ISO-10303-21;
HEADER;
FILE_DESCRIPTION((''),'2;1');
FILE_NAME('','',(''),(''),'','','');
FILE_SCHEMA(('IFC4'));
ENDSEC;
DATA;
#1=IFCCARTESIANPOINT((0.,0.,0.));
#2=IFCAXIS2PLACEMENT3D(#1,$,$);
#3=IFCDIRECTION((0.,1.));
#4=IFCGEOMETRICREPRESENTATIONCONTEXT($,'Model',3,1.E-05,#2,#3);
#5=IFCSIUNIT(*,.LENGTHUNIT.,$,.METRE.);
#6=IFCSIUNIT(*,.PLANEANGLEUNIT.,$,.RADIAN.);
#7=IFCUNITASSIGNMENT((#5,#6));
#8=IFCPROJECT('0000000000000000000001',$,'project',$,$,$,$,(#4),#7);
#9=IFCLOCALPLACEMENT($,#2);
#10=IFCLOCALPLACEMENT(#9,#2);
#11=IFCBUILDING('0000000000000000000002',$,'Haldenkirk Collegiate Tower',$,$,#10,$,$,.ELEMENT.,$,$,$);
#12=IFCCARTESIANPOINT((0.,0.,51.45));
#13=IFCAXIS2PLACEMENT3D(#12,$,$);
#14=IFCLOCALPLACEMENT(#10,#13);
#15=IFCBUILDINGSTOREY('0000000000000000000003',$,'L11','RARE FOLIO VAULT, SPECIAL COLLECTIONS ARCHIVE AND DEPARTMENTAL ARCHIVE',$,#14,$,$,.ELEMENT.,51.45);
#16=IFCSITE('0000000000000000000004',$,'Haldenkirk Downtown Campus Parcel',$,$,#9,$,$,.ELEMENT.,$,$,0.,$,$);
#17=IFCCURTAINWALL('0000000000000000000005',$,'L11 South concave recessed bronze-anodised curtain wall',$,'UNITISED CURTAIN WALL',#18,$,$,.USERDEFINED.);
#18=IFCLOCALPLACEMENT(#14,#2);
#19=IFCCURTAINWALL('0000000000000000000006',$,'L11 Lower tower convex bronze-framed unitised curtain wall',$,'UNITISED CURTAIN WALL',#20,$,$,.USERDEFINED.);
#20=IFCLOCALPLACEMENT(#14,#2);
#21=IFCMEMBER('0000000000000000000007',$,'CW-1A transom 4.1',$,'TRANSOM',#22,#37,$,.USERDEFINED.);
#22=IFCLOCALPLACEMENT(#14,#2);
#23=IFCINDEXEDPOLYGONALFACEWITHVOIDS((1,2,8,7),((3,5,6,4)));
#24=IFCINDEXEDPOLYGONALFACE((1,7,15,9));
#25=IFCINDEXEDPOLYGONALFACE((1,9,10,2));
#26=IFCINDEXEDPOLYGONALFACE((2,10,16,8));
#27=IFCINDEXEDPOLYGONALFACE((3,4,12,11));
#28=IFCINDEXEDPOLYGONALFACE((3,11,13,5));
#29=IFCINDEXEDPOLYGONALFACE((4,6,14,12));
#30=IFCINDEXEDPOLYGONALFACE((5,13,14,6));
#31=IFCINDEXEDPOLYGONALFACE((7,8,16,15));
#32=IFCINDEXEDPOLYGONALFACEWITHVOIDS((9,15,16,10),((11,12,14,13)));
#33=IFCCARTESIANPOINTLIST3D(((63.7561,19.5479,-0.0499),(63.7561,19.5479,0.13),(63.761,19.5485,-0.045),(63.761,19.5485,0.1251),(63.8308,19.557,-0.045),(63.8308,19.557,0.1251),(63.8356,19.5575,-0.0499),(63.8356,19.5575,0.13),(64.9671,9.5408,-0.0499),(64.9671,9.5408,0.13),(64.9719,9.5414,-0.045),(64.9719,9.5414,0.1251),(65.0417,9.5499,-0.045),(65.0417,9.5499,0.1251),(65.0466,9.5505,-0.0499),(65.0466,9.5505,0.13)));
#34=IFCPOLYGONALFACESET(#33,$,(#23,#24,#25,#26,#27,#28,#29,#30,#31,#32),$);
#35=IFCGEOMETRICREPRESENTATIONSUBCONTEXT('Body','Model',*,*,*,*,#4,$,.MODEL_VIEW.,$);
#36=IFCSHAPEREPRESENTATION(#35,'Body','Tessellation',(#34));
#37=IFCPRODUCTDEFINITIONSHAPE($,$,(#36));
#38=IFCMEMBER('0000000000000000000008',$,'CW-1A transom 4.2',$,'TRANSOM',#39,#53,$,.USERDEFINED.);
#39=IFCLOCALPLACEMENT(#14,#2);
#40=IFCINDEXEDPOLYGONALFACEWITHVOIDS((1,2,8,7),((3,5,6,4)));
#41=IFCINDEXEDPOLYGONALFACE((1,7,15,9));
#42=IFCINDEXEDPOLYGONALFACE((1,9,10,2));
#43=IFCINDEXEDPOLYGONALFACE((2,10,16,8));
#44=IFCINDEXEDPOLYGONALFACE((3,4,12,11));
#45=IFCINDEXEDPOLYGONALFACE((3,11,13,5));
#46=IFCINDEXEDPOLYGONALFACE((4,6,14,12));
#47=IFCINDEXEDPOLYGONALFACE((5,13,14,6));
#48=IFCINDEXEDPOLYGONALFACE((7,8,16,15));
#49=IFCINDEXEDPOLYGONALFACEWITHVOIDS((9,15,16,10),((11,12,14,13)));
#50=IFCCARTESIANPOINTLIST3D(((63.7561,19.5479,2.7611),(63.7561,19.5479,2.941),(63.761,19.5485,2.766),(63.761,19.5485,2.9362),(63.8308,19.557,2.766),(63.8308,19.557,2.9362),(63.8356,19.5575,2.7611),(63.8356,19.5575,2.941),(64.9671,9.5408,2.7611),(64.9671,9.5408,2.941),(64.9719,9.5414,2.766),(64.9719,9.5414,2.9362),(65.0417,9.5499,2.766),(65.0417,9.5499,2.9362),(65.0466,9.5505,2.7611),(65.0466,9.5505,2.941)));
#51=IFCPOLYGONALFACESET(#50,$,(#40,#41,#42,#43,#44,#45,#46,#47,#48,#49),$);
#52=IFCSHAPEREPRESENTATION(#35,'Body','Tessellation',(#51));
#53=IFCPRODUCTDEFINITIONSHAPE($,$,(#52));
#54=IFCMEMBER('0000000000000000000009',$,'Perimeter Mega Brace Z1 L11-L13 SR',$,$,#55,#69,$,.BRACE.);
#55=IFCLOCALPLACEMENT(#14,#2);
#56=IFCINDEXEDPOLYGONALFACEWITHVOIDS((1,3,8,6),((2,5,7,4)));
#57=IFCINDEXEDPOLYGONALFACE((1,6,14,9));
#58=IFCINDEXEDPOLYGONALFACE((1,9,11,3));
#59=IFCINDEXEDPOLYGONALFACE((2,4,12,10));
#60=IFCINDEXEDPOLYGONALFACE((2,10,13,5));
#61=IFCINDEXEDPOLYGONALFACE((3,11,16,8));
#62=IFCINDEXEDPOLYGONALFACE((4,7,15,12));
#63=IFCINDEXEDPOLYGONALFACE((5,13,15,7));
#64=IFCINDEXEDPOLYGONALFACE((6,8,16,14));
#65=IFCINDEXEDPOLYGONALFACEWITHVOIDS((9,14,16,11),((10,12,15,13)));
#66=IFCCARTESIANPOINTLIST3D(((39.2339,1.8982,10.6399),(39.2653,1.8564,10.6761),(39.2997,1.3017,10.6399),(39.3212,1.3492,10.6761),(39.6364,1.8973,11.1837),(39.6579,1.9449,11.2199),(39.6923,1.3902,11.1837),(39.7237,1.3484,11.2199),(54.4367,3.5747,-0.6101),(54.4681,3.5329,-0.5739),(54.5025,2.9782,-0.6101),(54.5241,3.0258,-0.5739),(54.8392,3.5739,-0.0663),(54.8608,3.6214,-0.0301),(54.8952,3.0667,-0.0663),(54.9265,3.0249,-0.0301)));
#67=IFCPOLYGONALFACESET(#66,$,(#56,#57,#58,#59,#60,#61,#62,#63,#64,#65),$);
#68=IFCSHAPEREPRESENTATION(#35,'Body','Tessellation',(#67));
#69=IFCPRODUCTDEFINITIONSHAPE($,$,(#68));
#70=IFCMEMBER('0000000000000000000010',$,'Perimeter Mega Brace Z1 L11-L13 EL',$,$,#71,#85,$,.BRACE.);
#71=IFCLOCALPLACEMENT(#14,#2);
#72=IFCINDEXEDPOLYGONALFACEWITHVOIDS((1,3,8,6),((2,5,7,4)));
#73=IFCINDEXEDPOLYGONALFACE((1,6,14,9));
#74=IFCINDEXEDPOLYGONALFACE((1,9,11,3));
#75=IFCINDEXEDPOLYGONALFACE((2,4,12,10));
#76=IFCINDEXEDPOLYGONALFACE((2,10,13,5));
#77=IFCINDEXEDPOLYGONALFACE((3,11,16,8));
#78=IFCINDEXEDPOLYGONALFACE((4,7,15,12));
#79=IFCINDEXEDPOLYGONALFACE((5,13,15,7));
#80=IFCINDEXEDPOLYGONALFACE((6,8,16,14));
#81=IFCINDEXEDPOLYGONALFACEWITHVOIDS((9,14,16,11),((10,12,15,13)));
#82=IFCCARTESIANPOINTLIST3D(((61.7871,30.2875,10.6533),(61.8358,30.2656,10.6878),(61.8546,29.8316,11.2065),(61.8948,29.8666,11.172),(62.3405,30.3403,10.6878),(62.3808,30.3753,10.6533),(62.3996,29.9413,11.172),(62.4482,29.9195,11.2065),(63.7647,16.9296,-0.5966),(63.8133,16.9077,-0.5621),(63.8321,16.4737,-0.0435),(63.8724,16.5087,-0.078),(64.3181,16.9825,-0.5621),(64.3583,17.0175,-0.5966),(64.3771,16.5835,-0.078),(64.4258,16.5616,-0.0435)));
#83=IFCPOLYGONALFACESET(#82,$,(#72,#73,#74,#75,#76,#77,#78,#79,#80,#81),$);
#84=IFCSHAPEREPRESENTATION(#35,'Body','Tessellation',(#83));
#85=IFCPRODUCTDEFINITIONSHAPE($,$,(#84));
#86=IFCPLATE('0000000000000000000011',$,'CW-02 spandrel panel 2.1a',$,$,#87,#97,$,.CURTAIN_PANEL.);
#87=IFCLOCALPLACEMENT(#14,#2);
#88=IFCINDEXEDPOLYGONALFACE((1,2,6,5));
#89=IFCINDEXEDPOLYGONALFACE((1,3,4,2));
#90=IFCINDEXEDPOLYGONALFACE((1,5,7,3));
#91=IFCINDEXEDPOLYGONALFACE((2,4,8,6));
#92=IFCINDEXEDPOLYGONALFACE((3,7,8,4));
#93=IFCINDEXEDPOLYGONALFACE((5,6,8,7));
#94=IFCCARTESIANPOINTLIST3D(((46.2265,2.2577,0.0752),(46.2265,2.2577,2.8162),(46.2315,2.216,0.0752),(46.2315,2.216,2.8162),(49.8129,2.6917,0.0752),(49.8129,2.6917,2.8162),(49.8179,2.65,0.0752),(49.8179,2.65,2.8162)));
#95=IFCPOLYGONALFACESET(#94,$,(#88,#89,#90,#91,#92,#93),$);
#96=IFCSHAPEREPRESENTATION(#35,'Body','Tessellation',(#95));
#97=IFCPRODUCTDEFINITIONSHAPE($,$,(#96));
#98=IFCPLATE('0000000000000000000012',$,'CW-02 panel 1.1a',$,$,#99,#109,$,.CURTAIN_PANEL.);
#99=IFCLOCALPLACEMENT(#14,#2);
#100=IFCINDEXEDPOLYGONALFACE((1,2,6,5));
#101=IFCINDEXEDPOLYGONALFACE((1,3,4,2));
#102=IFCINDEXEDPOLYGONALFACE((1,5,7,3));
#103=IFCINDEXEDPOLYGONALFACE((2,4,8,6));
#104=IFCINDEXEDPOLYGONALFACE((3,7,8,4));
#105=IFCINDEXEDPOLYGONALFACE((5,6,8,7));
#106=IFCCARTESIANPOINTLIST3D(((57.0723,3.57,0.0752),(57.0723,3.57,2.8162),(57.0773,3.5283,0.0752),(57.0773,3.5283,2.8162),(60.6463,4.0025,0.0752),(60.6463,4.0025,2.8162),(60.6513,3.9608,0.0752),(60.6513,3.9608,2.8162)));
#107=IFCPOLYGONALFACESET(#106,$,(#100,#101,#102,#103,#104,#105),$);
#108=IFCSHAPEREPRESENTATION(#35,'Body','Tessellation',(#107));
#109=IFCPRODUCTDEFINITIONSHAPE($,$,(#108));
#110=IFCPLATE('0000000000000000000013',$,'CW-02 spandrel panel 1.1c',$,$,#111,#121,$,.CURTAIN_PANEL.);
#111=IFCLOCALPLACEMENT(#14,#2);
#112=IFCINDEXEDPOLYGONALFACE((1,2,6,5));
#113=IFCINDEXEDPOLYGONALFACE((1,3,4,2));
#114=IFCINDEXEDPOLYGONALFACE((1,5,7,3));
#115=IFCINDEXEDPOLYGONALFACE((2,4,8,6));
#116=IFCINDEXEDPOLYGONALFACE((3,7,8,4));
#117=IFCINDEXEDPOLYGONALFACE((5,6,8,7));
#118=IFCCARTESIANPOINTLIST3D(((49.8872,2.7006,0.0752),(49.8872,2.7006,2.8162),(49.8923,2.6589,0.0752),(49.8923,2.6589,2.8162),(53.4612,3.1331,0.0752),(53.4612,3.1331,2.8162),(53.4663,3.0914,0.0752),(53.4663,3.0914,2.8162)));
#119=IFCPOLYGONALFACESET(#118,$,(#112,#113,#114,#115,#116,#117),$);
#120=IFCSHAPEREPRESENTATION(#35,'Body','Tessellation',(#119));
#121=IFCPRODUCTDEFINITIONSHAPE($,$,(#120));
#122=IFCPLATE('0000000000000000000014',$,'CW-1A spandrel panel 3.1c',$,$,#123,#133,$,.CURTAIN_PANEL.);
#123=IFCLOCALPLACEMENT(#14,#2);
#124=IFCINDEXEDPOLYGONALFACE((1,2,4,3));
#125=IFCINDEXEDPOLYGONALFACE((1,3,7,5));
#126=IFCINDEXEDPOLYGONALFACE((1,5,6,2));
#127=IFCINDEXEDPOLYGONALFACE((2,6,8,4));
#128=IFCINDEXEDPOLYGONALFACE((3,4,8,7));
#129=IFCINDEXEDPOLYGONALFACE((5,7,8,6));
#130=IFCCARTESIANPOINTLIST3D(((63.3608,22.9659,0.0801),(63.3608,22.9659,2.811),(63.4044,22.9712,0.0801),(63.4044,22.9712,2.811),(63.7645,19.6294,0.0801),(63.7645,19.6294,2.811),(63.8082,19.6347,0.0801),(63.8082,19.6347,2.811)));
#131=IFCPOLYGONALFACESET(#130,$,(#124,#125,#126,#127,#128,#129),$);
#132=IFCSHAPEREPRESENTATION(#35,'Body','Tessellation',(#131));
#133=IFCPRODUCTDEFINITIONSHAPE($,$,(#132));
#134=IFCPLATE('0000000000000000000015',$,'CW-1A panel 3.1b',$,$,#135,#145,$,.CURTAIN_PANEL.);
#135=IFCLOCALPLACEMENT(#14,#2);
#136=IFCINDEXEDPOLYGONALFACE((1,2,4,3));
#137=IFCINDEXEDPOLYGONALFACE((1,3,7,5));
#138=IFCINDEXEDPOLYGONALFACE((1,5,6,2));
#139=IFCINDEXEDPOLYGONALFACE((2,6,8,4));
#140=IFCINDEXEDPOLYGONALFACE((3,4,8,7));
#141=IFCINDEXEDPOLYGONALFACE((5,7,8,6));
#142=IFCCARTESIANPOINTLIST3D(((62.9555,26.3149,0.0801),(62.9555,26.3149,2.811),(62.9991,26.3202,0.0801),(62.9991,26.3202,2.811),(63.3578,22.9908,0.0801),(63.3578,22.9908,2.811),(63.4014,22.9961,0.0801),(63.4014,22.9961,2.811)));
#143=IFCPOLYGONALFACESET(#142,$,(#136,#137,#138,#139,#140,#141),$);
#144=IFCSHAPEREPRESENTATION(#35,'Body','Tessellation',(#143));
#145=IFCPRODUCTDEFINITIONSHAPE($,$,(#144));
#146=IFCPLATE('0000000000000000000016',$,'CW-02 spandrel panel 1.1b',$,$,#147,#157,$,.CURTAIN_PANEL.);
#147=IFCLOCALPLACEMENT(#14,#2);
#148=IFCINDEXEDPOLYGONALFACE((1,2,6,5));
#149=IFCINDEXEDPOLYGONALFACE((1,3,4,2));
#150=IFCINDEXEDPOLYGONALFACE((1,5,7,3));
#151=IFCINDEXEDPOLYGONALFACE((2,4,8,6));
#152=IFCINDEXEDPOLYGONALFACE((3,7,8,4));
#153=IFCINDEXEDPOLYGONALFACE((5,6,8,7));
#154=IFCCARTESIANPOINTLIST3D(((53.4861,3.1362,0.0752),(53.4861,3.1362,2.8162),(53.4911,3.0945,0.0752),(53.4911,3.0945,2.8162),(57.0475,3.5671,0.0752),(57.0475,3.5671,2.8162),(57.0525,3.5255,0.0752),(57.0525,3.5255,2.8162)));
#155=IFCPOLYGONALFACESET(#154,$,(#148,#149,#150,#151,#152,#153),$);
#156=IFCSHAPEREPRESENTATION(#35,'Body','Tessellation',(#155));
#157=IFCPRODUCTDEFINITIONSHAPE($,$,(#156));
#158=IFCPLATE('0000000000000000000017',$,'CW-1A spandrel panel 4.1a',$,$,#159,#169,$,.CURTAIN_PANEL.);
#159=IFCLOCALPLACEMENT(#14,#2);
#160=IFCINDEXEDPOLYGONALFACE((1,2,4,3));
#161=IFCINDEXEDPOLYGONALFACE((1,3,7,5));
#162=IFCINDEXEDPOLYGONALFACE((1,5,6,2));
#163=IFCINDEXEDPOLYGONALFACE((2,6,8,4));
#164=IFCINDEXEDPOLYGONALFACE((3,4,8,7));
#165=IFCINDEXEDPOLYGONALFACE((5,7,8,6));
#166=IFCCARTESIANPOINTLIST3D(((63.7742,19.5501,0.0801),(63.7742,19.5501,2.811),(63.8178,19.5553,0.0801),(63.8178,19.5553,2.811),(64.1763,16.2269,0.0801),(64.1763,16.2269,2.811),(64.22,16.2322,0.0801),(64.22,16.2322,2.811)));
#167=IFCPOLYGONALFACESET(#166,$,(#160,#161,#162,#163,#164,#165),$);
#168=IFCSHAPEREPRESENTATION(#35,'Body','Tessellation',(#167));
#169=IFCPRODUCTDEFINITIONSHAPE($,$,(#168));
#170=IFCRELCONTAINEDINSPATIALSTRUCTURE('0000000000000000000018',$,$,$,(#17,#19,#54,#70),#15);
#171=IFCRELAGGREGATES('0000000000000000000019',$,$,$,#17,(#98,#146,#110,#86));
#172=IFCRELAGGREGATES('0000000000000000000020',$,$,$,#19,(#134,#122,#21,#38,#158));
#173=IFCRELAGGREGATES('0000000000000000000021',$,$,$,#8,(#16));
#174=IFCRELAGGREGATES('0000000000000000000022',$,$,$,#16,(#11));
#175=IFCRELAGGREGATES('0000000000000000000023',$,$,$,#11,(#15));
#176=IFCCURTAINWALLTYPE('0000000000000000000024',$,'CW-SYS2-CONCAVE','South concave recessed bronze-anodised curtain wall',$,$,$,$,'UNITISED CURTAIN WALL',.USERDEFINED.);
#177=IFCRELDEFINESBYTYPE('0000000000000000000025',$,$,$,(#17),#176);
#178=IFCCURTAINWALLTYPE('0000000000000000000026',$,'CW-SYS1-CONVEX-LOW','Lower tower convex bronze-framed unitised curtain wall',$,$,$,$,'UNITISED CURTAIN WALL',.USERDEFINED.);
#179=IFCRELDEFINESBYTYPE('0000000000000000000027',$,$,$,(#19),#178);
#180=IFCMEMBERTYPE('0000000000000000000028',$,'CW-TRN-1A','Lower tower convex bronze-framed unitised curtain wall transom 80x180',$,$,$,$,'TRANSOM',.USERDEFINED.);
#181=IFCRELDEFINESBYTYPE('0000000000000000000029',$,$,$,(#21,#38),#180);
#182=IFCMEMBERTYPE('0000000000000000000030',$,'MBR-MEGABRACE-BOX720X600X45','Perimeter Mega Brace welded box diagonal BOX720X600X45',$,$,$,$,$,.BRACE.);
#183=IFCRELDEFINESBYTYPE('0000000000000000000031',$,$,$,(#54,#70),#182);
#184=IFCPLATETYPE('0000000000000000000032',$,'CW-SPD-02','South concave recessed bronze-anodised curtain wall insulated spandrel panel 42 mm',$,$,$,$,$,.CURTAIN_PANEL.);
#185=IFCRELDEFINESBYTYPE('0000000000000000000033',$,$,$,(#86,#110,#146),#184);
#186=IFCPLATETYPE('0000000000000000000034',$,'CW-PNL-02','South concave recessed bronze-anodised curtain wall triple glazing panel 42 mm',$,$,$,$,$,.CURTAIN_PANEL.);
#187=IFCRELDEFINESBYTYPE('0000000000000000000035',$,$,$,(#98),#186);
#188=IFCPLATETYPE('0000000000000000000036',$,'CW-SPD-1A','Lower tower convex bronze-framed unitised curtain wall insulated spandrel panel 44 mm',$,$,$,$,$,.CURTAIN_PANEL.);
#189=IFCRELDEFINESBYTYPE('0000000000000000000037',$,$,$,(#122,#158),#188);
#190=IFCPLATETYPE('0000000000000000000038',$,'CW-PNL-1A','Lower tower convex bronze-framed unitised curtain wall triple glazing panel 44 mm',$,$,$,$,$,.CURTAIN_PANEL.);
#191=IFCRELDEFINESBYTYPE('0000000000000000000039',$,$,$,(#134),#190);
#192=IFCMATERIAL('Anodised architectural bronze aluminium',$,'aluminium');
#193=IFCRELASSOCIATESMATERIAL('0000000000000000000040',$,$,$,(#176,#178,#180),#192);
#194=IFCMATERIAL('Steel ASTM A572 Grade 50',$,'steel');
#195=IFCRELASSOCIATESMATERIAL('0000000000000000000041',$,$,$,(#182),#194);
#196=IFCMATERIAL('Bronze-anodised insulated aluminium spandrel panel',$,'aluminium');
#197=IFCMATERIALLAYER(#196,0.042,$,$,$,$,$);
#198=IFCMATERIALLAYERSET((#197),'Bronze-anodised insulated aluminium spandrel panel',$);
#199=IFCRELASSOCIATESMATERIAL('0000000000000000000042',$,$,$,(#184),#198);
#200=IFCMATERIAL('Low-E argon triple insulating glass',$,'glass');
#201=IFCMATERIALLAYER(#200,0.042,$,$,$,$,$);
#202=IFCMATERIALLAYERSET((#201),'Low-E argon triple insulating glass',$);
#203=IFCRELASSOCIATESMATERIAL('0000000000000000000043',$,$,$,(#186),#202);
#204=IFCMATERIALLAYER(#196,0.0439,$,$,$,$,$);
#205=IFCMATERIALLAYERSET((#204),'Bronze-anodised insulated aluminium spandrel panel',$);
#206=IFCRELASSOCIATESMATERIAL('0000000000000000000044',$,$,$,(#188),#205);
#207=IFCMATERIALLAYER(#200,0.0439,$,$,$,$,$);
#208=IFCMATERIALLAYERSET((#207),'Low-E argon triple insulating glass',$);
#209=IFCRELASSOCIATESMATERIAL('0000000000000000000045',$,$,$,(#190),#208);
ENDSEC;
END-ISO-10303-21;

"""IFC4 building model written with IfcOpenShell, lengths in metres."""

from ifc_helpers import new_model, si_unit, direction, frame, origin, origin_2d, place, context, subcontext, project, spatial, rectangle, hollow_rectangle, extrude, source, transform, mapped, material, layer, layer_set, material_profile, profile_set, type_object, element, aggregate, save


model = new_model("IFC4")

# Units and contexts
model_context = context("Model", 3, precision=1e-05, world=origin(), true_north=direction((0.0, 1.0)))
body_context = subcontext(model_context, "Body", "Model", "MODEL_VIEW")
ifc_project = project(units=[si_unit("LENGTHUNIT", "METRE"), si_unit("PLANEANGLEUNIT", "RADIAN")], contexts=[model_context])

# Site, building, storey
site_placement = place(None, origin())
site = spatial("IfcSite", under=ifc_project, at=site_placement, Name="Haldenkirk Downtown Campus Parcel", CompositionType="ELEMENT", RefElevation=0.0)
building_placement = place(site_placement, origin())
building = spatial("IfcBuilding", under=site, at=building_placement, Name="Haldenkirk Collegiate Tower", CompositionType="ELEMENT")
storey_placement = place(building_placement, frame((0.0, 0.0, 51.45)))
storey = spatial("IfcBuildingStorey", under=building, at=storey_placement, Name="L11", Description="RARE FOLIO VAULT, SPECIAL COLLECTIONS ARCHIVE AND DEPARTMENTAL ARCHIVE", CompositionType="ELEMENT", Elevation=51.45)

# Shared definitions
ifc_material_1 = material(Name="Steel ASTM A572 Grade 50", Category="steel")

# Curtain walls
ifc_material_2 = material(Name="Anodised architectural bronze aluminium", Category="aluminium")
curtain_wall_type_1 = type_object("IfcCurtainWallType", Name="CW-SYS2-CONCAVE", Description="South concave recessed bronze-anodised curtain wall", ElementType="UNITISED CURTAIN WALL", PredefinedType="USERDEFINED", material=ifc_material_2)
curtain_wall_1_placement = place(storey_placement, origin())
curtain_wall_1 = element("IfcCurtainWall", 1, at=curtain_wall_1_placement, inside=storey, type_object=curtain_wall_type_1, Name="L11 South concave recessed bronze-anodised curtain wall", ObjectType="UNITISED CURTAIN WALL", PredefinedType="USERDEFINED")
curtain_wall_type_2 = type_object("IfcCurtainWallType", Name="CW-SYS1-CONVEX-LOW", Description="Lower tower convex bronze-framed unitised curtain wall", ElementType="UNITISED CURTAIN WALL", PredefinedType="USERDEFINED", material=ifc_material_2)
curtain_wall_2_placement = place(storey_placement, origin())
curtain_wall_2 = element("IfcCurtainWall", 2, at=curtain_wall_2_placement, inside=storey, type_object=curtain_wall_type_2, Name="L11 Lower tower convex bronze-framed unitised curtain wall", ObjectType="UNITISED CURTAIN WALL", PredefinedType="USERDEFINED")

# Members
ifc_material_profile_1 = material_profile(ifc_material_2, hollow_rectangle(XDim=0.0801, YDim=0.1799, WallThickness=0.0049, at=origin_2d()), Name="CW-TRN-1A")
ifc_profile_set_1 = profile_set([ifc_material_profile_1], Name="Anodised architectural bronze aluminium")
member_type_1 = type_object("IfcMemberType", Name="CW-TRN-1A", Description="Lower tower convex bronze-framed unitised curtain wall transom 80x180", ElementType="TRANSOM", PredefinedType="USERDEFINED", material=ifc_profile_set_1)
member_1_placement = place(storey_placement, frame((63.7959, 19.5527, 0.04), z_axis=(0.120132, -0.992758, 0.0), x_axis=(0.992758, 0.120132, 0.0)))
member_1 = element("IfcMember", 3, at=member_1_placement, type_object=member_type_1, Name="CW-1A transom 4.1", ObjectType="TRANSOM", PredefinedType="USERDEFINED", context=body_context, shape_type="SweptSolid", body=[
    extrude(hollow_rectangle(XDim=0.0801, YDim=0.1799, WallThickness=0.0049, at=origin_2d()), origin(), (0.0, 0.0, 1.0), 10.0801),
])
member_2_placement = place(storey_placement, frame((63.7959, 19.5527, 2.8511), z_axis=(0.120132, -0.992758, 0.0), x_axis=(0.992758, 0.120132, 0.0)))
member_2 = element("IfcMember", 4, at=member_2_placement, type_object=member_type_1, Name="CW-1A transom 4.2", ObjectType="TRANSOM", PredefinedType="USERDEFINED", context=body_context, shape_type="SweptSolid", body=[
    extrude(hollow_rectangle(XDim=0.0801, YDim=0.1799, WallThickness=0.0049, at=origin_2d()), origin(), (0.0, 0.0, 1.0), 10.0801),
])

# Members
ifc_material_profile_2 = material_profile(ifc_material_1, hollow_rectangle(XDim=0.6001, YDim=0.72, WallThickness=0.0449, at=origin_2d()), Name="BOX720X600X45")
ifc_profile_set_2 = profile_set([ifc_material_profile_2], Name="Steel ASTM A572 Grade 50")
member_type_2 = type_object("IfcMemberType", Name="MBR-MEGABRACE-BOX720X600X45", Description="Perimeter Mega Brace welded box diagonal BOX720X600X45", PredefinedType="BRACE", material=ifc_profile_set_2)
member_3_placement = place(storey_placement, frame((54.6816, 3.2998, -0.3201), z_axis=(-0.800705, -0.088299, 0.592515), x_axis=(0.109612, -0.993974, 0.0)))
element("IfcMember", 5, at=member_3_placement, inside=storey, type_object=member_type_2, Name="Perimeter Mega Brace Z1 L11-L13 SR", PredefinedType="BRACE", context=body_context, shape_type="SweptSolid", body=[
    extrude(hollow_rectangle(XDim=0.6001, YDim=0.72, WallThickness=0.0449, at=origin_2d()), origin(), (0.0, 0.0, 1.0), 18.9868),
])
member_4_placement = place(storey_placement, frame((64.0952, 16.7456, -0.3201), z_axis=(-0.112515, 0.760019, 0.640087), x_axis=(-0.989219, -0.146446, 0.0)))
element("IfcMember", 6, at=member_4_placement, inside=storey, type_object=member_type_2, Name="Perimeter Mega Brace Z1 L11-L13 EL", PredefinedType="BRACE", context=body_context, shape_type="SweptSolid", body=[
    extrude(hollow_rectangle(XDim=0.6001, YDim=0.72, WallThickness=0.0449, at=origin_2d()), origin(), (0.0, 0.0, 1.0), 17.5757),
])

# Plates
ifc_material_3 = material(Name="Bronze-anodised insulated aluminium spandrel panel", Category="aluminium")
ifc_layer_1 = layer(ifc_material_3, 0.042)
ifc_layer_set_1 = layer_set([ifc_layer_1], Name="Bronze-anodised insulated aluminium spandrel panel")
plate_type_1 = type_object("IfcPlateType", Name="CW-SPD-02", Description="South concave recessed bronze-anodised curtain wall insulated spandrel panel 42 mm", PredefinedType="CURTAIN_PANEL", material=ifc_layer_set_1)
shared_shape_1 = source(origin(), body_context, "Body", "SweptSolid", [
    extrude(rectangle(XDim=3.6125, YDim=0.042, at=origin_2d()), origin(), (0.0, 0.0, 1.0), 2.741),
])
plate_1_placement = place(storey_placement, frame((48.0222, 2.4539, 0.0752), z_axis=(0.0, 0.0, 1.0), x_axis=(-0.992757, -0.120139, 0.0)))
plate_1 = element("IfcPlate", 7, at=plate_1_placement, type_object=plate_type_1, Name="CW-02 spandrel panel 2.1a", PredefinedType="CURTAIN_PANEL", context=body_context, shape_type="MappedRepresentation", body=[
    mapped(shared_shape_1, transform((0.0, 0.0, 0.0), x_axis=(1.0, 0.0, 0.0), y_axis=(0.0, 1.0, 0.0), z_axis=(0.0, 0.0, 1.0), scale=1.0)),
])
ifc_material_4 = material(Name="Low-E argon triple insulating glass", Category="glass")
ifc_layer_2 = layer(ifc_material_4, 0.042)
ifc_layer_set_2 = layer_set([ifc_layer_2], Name="Low-E argon triple insulating glass")
plate_type_2 = type_object("IfcPlateType", Name="CW-PNL-02", Description="South concave recessed bronze-anodised curtain wall triple glazing panel 42 mm", PredefinedType="CURTAIN_PANEL", material=ifc_layer_set_2)
shared_shape_2 = source(origin(), body_context, "Body", "SweptSolid", [
    extrude(rectangle(XDim=3.6001, YDim=0.042, at=origin_2d()), origin(), (0.0, 0.0, 1.0), 2.741),
])
plate_2_placement = place(storey_placement, frame((58.8618, 3.7654, 0.0752), z_axis=(0.0, 0.0, 1.0), x_axis=(-0.992757, -0.120139, 0.0)))
plate_2 = element("IfcPlate", 8, at=plate_2_placement, type_object=plate_type_2, Name="CW-02 panel 1.1a", PredefinedType="CURTAIN_PANEL", context=body_context, shape_type="MappedRepresentation", body=[
    mapped(shared_shape_2, transform((0.0, 0.0, 0.0), x_axis=(1.0, 0.0, 0.0), y_axis=(0.0, 1.0, 0.0), z_axis=(0.0, 0.0, 1.0), scale=1.0)),
])
plate_3_placement = place(storey_placement, frame((51.6768, 2.896, 0.0752), z_axis=(0.0, 0.0, 1.0), x_axis=(-0.992757, -0.120139, 0.0)))
plate_3 = element("IfcPlate", 9, at=plate_3_placement, type_object=plate_type_1, Name="CW-02 spandrel panel 1.1c", PredefinedType="CURTAIN_PANEL", context=body_context, shape_type="MappedRepresentation", body=[
    mapped(shared_shape_2, transform((0.0, 0.0, 0.0), x_axis=(1.0, 0.0, 0.0), y_axis=(0.0, 1.0, 0.0), z_axis=(0.0, 0.0, 1.0), scale=1.0)),
])
ifc_layer_3 = layer(ifc_material_3, 0.0439)
ifc_layer_set_3 = layer_set([ifc_layer_3], Name="Bronze-anodised insulated aluminium spandrel panel")
plate_type_3 = type_object("IfcPlateType", Name="CW-SPD-1A", Description="Lower tower convex bronze-framed unitised curtain wall insulated spandrel panel 44 mm", PredefinedType="CURTAIN_PANEL", material=ifc_layer_set_3)
shared_shape_3 = source(origin(), body_context, "Body", "SweptSolid", [
    extrude(rectangle(XDim=3.3608, YDim=0.0439, at=origin_2d()), origin(), (0.0, 0.0, 1.0), 2.731),
])
plate_4_placement = place(storey_placement, frame((63.5845, 21.3003, 0.0801), z_axis=(0.0, 0.0, 1.0), x_axis=(0.120137, -0.992757, 0.0)))
plate_4 = element("IfcPlate", 10, at=plate_4_placement, type_object=plate_type_3, Name="CW-1A spandrel panel 3.1c", PredefinedType="CURTAIN_PANEL", context=body_context, shape_type="MappedRepresentation", body=[
    mapped(shared_shape_3, transform((0.0, 0.0, 0.0), x_axis=(1.0, 0.0, 0.0), y_axis=(0.0, 1.0, 0.0), z_axis=(0.0, 0.0, 1.0), scale=1.0)),
])
ifc_layer_4 = layer(ifc_material_4, 0.0439)
ifc_layer_set_4 = layer_set([ifc_layer_4], Name="Low-E argon triple insulating glass")
plate_type_4 = type_object("IfcPlateType", Name="CW-PNL-1A", Description="Lower tower convex bronze-framed unitised curtain wall triple glazing panel 44 mm", PredefinedType="CURTAIN_PANEL", material=ifc_layer_set_4)
shared_shape_4 = source(origin(), body_context, "Body", "SweptSolid", [
    extrude(rectangle(XDim=3.3484, YDim=0.0439, at=origin_2d()), origin(), (0.0, 0.0, 1.0), 2.731),
])
plate_5_placement = place(storey_placement, frame((63.1785, 24.6555, 0.0801), z_axis=(0.0, 0.0, 1.0), x_axis=(0.120137, -0.992757, 0.0)))
plate_5 = element("IfcPlate", 11, at=plate_5_placement, type_object=plate_type_4, Name="CW-1A panel 3.1b", PredefinedType="CURTAIN_PANEL", context=body_context, shape_type="MappedRepresentation", body=[
    mapped(shared_shape_4, transform((0.0, 0.0, 0.0), x_axis=(1.0, 0.0, 0.0), y_axis=(0.0, 1.0, 0.0), z_axis=(0.0, 0.0, 1.0), scale=1.0)),
])
shared_shape_5 = source(origin(), body_context, "Body", "SweptSolid", [
    extrude(rectangle(XDim=3.5874, YDim=0.042, at=origin_2d()), origin(), (0.0, 0.0, 1.0), 2.741),
])
plate_6_placement = place(storey_placement, frame((55.2693, 3.3308, 0.0752), z_axis=(0.0, 0.0, 1.0), x_axis=(-0.992757, -0.120139, 0.0)))
plate_6 = element("IfcPlate", 12, at=plate_6_placement, type_object=plate_type_1, Name="CW-02 spandrel panel 1.1b", PredefinedType="CURTAIN_PANEL", context=body_context, shape_type="MappedRepresentation", body=[
    mapped(shared_shape_5, transform((0.0, 0.0, 0.0), x_axis=(1.0, 0.0, 0.0), y_axis=(0.0, 1.0, 0.0), z_axis=(0.0, 0.0, 1.0), scale=1.0)),
])
aggregate(curtain_wall_1, [plate_2, plate_6, plate_3, plate_1])
shared_shape_6 = source(origin(), body_context, "Body", "SweptSolid", [
    extrude(rectangle(XDim=3.3474, YDim=0.0439, at=origin_2d()), origin(), (0.0, 0.0, 1.0), 2.731),
])
plate_7_placement = place(storey_placement, frame((63.9971, 17.8911, 0.0801), z_axis=(0.0, 0.0, 1.0), x_axis=(0.120137, -0.992757, 0.0)))
plate_7 = element("IfcPlate", 13, at=plate_7_placement, type_object=plate_type_3, Name="CW-1A spandrel panel 4.1a", PredefinedType="CURTAIN_PANEL", context=body_context, shape_type="MappedRepresentation", body=[
    mapped(shared_shape_6, transform((0.0, 0.0, 0.0), x_axis=(1.0, 0.0, 0.0), y_axis=(0.0, 1.0, 0.0), z_axis=(0.0, 0.0, 1.0), scale=1.0)),
])
aggregate(curtain_wall_2, [plate_5, plate_4, member_1, member_2, plate_7])

save(model, "model.ifc")
